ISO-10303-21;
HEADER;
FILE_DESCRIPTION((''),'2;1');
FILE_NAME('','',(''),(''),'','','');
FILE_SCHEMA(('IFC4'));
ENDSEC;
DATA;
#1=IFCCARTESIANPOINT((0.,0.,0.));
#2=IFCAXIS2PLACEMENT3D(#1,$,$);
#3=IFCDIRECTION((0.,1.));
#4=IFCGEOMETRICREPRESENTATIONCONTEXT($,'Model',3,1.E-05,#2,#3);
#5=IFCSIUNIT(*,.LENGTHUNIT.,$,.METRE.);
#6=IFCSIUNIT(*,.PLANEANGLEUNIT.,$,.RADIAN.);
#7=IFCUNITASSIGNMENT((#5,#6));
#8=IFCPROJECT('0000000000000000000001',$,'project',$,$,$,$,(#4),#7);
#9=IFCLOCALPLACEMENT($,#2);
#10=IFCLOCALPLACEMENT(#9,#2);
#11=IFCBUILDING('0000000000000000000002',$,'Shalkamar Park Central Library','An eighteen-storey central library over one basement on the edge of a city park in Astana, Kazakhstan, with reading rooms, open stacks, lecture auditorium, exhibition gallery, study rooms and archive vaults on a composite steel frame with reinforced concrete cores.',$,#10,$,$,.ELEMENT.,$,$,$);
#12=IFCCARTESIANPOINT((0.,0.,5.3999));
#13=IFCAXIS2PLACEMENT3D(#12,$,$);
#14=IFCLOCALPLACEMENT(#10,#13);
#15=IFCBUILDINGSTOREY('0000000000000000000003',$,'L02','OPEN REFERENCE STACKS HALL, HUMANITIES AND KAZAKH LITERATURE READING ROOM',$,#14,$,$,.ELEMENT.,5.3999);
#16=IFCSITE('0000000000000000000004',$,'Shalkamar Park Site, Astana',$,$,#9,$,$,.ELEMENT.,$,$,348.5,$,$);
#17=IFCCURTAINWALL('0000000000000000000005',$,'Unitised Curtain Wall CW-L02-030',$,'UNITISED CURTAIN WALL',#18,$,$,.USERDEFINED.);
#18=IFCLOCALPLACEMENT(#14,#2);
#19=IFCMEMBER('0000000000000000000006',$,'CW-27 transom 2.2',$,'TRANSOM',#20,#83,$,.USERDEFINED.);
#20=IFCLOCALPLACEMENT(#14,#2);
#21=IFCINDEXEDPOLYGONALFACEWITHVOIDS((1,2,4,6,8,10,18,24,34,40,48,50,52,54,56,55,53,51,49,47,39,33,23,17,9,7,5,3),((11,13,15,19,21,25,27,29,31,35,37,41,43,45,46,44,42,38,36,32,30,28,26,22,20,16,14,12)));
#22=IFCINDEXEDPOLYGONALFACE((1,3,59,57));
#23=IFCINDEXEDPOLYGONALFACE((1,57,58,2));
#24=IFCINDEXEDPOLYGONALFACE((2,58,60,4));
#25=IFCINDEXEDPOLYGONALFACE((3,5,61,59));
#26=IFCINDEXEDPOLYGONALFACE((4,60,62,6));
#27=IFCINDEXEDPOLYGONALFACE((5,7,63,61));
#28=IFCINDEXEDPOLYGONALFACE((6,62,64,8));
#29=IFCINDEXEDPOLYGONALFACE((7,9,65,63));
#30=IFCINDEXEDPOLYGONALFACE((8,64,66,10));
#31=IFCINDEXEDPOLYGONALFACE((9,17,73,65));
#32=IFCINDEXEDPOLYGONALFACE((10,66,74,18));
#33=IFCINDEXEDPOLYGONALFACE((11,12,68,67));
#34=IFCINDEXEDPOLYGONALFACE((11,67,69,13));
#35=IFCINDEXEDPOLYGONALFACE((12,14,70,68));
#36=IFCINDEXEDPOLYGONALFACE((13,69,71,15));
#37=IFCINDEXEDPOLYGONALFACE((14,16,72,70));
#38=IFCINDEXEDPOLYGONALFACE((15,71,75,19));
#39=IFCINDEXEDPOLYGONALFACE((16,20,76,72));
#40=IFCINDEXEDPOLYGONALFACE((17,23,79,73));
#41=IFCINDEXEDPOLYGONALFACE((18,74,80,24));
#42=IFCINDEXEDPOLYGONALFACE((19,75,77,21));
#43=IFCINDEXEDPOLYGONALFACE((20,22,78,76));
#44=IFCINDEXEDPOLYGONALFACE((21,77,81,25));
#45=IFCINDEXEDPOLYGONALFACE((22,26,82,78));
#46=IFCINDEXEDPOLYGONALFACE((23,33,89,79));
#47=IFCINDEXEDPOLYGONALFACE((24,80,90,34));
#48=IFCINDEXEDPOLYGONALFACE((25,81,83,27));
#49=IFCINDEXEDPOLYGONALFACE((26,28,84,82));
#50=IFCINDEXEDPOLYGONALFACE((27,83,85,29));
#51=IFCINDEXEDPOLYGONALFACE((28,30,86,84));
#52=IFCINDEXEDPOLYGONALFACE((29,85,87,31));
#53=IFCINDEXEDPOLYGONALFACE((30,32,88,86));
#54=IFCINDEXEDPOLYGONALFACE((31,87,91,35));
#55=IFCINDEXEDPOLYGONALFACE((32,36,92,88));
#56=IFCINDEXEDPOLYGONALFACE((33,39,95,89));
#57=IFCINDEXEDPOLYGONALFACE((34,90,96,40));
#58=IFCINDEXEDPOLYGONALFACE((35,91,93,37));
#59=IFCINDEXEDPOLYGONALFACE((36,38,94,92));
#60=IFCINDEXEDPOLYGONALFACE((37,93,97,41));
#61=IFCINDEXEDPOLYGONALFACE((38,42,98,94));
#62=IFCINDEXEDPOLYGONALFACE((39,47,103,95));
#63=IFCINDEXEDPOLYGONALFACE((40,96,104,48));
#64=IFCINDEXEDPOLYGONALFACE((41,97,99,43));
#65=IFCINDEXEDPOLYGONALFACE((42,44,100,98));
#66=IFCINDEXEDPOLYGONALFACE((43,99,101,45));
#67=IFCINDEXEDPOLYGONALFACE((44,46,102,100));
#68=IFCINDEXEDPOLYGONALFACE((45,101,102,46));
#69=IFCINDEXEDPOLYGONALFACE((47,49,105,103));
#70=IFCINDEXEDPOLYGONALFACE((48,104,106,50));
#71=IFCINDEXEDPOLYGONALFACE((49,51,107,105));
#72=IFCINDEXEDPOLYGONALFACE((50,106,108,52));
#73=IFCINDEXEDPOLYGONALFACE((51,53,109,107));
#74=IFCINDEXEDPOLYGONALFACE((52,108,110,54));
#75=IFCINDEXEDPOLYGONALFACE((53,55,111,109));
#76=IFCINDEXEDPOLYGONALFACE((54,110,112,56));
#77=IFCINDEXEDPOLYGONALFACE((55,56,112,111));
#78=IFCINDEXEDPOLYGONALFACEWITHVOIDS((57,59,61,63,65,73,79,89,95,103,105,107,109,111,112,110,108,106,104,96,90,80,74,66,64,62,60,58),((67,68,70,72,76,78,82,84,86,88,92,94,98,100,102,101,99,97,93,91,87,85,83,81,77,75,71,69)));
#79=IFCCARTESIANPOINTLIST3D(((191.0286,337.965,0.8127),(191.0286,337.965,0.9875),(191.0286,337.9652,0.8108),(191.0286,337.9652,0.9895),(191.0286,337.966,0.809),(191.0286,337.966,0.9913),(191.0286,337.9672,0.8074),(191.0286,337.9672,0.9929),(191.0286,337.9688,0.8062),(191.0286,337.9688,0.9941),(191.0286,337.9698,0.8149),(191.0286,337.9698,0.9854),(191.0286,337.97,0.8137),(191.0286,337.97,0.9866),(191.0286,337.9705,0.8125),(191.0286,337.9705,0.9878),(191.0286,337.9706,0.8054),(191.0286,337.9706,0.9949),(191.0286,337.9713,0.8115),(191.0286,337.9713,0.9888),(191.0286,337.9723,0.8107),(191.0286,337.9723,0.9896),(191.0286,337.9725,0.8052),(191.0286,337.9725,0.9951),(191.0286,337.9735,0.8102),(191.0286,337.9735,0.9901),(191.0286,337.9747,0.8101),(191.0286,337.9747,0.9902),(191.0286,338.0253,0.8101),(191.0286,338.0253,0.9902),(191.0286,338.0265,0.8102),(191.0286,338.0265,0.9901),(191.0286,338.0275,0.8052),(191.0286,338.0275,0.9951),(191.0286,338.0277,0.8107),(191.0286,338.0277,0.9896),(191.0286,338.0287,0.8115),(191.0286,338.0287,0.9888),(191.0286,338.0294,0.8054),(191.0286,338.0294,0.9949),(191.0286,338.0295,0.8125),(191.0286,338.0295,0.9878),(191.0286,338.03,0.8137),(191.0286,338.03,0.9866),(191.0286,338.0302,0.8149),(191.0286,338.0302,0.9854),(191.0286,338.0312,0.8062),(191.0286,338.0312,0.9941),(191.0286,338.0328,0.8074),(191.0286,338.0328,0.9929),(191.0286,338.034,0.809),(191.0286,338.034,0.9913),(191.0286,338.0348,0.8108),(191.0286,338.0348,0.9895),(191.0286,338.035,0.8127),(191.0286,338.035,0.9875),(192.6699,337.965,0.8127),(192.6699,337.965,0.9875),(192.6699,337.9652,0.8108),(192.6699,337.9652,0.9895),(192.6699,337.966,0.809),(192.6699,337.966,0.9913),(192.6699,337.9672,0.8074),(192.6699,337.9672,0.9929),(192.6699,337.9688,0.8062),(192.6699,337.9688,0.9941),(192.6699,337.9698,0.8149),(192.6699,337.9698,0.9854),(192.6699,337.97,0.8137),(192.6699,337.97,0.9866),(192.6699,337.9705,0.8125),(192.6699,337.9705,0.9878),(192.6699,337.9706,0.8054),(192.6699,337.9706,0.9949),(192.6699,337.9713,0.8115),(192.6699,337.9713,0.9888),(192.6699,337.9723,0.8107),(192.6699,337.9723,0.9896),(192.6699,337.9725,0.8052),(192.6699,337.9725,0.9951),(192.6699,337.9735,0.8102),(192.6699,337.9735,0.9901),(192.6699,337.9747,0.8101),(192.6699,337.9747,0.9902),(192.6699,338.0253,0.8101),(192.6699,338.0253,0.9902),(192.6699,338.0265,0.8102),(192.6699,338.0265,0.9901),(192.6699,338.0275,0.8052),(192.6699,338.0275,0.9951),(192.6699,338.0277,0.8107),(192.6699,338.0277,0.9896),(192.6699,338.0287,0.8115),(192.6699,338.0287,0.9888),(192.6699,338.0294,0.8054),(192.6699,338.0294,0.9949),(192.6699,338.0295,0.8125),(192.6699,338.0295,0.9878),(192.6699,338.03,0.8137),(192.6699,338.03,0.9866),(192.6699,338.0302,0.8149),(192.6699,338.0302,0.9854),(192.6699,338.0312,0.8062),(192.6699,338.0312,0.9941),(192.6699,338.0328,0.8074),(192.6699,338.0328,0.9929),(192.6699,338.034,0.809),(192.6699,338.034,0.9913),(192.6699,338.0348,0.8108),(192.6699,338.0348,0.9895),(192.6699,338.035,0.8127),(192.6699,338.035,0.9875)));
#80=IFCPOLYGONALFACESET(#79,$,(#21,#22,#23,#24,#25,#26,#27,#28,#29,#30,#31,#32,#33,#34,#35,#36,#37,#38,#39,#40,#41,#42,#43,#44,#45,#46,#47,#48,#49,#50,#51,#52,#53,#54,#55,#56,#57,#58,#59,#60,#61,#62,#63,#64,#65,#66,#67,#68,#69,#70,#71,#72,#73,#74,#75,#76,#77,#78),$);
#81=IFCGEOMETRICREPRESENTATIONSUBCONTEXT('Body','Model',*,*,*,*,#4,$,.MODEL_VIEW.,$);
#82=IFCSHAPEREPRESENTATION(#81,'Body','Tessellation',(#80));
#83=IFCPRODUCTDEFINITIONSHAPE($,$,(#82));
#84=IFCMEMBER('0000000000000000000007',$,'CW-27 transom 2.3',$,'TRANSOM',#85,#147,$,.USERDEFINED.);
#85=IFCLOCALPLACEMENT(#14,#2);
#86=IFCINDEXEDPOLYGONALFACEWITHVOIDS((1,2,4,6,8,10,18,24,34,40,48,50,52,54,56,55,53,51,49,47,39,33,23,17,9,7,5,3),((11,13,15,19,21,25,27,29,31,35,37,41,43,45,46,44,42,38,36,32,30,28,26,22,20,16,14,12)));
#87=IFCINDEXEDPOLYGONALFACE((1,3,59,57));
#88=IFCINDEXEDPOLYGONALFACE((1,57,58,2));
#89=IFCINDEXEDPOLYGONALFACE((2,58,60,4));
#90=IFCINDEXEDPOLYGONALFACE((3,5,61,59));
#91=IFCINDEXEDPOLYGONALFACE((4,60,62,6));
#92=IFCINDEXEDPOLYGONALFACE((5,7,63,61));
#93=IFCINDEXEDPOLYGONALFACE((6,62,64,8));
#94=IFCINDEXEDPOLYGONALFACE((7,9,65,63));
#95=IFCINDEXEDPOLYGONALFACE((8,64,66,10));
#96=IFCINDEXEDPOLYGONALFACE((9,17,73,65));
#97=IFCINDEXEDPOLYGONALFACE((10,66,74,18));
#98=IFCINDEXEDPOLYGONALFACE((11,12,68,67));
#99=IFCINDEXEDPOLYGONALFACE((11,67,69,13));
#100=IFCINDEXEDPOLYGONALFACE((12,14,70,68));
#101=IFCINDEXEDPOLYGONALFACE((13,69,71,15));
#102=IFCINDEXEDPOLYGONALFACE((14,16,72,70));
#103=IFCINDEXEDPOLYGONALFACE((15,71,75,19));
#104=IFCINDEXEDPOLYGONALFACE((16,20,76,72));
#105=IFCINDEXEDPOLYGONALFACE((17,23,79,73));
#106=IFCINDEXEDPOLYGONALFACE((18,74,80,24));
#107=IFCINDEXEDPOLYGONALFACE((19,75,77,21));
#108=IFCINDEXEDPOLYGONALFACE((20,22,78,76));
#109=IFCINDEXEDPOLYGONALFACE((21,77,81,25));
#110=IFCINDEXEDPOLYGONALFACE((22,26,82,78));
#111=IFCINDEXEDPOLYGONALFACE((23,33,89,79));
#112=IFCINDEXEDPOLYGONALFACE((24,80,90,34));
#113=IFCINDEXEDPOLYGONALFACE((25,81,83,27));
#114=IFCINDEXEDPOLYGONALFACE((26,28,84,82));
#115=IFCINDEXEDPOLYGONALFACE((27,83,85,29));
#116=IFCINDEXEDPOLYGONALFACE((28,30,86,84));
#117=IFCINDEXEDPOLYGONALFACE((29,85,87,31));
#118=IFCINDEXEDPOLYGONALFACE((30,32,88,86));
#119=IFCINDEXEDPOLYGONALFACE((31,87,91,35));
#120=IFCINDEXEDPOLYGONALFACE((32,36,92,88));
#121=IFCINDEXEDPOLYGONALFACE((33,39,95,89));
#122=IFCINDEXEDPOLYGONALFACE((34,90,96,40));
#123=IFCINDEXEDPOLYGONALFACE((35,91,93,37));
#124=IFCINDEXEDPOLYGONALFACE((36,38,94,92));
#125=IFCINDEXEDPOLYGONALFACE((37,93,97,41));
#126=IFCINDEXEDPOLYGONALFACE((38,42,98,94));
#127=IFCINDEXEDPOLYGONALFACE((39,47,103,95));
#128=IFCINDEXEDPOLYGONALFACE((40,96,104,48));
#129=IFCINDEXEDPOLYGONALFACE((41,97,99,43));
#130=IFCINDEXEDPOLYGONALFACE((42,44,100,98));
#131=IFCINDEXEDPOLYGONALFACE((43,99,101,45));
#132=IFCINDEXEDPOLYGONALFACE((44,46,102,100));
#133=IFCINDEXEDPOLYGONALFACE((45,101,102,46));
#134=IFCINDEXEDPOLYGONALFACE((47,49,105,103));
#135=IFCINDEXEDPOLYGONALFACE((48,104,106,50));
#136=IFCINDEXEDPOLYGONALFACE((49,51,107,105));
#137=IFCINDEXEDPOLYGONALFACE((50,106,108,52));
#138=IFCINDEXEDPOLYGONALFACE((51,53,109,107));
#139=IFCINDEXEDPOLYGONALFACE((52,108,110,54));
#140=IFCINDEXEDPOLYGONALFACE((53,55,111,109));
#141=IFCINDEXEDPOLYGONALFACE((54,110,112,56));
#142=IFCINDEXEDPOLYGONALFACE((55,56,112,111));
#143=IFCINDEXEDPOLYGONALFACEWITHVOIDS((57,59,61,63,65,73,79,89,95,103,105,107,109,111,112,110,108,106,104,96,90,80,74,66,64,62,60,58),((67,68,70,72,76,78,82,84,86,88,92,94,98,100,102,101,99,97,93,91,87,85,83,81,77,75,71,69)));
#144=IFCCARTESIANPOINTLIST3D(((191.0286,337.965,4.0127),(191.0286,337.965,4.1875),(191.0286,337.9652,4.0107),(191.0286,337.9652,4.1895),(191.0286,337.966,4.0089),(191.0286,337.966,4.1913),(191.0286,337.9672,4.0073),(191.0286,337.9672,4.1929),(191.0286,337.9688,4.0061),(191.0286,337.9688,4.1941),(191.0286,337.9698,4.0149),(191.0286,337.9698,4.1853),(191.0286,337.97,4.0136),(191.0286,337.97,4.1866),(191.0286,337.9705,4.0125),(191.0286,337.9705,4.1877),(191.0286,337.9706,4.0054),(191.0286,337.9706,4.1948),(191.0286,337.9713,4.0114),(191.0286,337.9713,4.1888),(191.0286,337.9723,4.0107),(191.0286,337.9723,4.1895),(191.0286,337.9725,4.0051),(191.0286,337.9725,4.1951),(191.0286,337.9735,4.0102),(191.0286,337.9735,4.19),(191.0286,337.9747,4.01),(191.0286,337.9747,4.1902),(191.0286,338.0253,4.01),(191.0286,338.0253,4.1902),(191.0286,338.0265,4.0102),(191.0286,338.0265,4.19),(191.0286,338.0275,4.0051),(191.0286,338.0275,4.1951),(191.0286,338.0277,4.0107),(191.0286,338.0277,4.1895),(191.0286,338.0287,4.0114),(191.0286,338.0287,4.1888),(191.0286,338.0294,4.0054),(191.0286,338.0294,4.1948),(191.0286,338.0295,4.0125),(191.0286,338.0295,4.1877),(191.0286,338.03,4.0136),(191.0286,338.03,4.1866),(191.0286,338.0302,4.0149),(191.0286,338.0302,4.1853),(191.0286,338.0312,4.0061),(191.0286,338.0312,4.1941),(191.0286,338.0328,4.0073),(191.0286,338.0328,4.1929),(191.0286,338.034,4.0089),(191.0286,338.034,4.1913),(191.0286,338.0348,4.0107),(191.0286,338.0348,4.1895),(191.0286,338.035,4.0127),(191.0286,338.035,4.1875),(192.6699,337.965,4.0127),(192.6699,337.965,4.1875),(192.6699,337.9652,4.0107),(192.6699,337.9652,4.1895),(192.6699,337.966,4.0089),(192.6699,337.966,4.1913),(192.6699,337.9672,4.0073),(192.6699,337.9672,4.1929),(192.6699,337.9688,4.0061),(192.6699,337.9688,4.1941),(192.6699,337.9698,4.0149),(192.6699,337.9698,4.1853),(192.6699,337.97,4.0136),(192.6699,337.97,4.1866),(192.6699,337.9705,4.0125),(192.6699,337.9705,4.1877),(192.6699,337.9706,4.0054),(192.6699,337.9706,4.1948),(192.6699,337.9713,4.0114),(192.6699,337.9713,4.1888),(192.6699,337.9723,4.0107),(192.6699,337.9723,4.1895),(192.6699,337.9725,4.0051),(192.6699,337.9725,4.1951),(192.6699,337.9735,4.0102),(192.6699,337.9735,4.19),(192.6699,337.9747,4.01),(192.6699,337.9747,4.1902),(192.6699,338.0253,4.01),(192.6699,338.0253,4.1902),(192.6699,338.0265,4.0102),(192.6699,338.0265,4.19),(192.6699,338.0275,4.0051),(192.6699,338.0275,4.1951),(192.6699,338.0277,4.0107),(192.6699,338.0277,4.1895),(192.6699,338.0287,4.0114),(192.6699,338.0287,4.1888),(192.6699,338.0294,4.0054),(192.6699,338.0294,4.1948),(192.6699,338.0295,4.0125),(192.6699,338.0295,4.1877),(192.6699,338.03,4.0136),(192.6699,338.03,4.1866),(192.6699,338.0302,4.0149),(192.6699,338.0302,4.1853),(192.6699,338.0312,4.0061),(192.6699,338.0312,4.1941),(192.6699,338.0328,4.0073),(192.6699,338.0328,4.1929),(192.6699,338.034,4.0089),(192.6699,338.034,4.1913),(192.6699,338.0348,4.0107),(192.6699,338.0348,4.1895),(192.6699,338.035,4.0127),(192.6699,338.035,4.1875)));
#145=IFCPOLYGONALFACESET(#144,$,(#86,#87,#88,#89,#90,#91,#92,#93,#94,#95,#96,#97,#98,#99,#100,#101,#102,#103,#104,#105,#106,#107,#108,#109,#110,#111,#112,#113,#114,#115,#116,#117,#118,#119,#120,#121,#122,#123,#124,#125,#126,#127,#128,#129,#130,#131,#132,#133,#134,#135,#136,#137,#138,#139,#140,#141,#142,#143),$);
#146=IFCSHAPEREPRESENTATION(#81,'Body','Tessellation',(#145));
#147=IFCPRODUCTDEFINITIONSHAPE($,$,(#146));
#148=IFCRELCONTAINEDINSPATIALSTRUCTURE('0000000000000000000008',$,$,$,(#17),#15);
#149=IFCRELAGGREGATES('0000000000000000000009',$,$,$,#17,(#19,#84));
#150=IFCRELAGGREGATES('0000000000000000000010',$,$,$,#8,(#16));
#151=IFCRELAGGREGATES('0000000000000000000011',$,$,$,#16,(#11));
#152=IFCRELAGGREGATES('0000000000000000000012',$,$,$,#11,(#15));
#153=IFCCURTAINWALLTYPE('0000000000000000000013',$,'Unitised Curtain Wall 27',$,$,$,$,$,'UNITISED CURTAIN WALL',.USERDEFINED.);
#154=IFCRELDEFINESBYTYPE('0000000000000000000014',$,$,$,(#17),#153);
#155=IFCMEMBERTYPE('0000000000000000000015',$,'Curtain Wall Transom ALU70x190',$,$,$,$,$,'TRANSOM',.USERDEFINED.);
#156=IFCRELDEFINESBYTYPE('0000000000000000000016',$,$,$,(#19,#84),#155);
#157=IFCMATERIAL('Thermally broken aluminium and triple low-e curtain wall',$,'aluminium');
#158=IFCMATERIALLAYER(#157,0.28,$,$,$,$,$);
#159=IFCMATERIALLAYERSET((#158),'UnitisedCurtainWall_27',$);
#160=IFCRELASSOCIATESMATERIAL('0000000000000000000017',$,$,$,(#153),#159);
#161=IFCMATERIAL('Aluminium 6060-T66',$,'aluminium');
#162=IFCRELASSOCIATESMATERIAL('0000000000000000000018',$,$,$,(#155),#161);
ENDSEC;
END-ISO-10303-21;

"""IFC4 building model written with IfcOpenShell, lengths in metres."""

from ifc_helpers import new_model, si_unit, direction, frame, origin, origin_2d, place, context, subcontext, project, spatial, hollow_rectangle, extrude, material, layer, layer_set, material_profile, profile_set, type_object, element, aggregate, save


model = new_model("IFC4")

# Units and contexts
model_context = context("Model", 3, precision=1e-05, world=origin(), true_north=direction((0.0, 1.0)))
body_context = subcontext(model_context, "Body", "Model", "MODEL_VIEW")
ifc_project = project(units=[si_unit("LENGTHUNIT", "METRE"), si_unit("PLANEANGLEUNIT", "RADIAN")], contexts=[model_context])

# Site, building, storey
site_placement = place(None, origin())
site = spatial("IfcSite", under=ifc_project, at=site_placement, Name="Shalkamar Park Site, Astana", CompositionType="ELEMENT", RefElevation=348.5)
building_placement = place(site_placement, origin())
building = spatial("IfcBuilding", under=site, at=building_placement, Name="Shalkamar Park Central Library", Description="An eighteen-storey central library over one basement on the edge of a city park in Astana, Kazakhstan, with reading rooms, open stacks, lecture auditorium, exhibition gallery, study rooms and archive vaults on a composite steel frame with reinforced concrete cores.", CompositionType="ELEMENT")
storey_placement = place(building_placement, frame((0.0, 0.0, 5.3999)))
storey = spatial("IfcBuildingStorey", under=building, at=storey_placement, Name="L02", Description="OPEN REFERENCE STACKS HALL, HUMANITIES AND KAZAKH LITERATURE READING ROOM", CompositionType="ELEMENT", Elevation=5.3999)

# Curtain wall
ifc_material_1 = material(Name="Thermally broken aluminium and triple low-e curtain wall", Category="aluminium")
ifc_material_2 = material(Name="Aluminium 6060-T66", Category="aluminium")
ifc_layer_1 = layer(ifc_material_1, 0.28)
ifc_layer_set_1 = layer_set([ifc_layer_1], Name="UnitisedCurtainWall_27")
curtain_wall_type_1 = type_object("IfcCurtainWallType", Name="Unitised Curtain Wall 27", ElementType="UNITISED CURTAIN WALL", PredefinedType="USERDEFINED", material=ifc_layer_set_1)
curtain_wall_1_placement = place(storey_placement, origin())
curtain_wall_1 = element("IfcCurtainWall", 1, at=curtain_wall_1_placement, inside=storey, type_object=curtain_wall_type_1, Name="Unitised Curtain Wall CW-L02-030", ObjectType="UNITISED CURTAIN WALL", PredefinedType="USERDEFINED")

# Members
ifc_material_profile_1 = material_profile(ifc_material_2, hollow_rectangle(XDim=0.0701, YDim=0.1899, WallThickness=0.0049, InnerFilletRadius=0.0049, OuterFilletRadius=0.0076, at=origin_2d()), Name="ALU 70x190x5")
ifc_profile_set_1 = profile_set([ifc_material_profile_1], Name="Aluminium 6060-T66")
member_type_1 = type_object("IfcMemberType", Name="Curtain Wall Transom ALU70x190", ElementType="TRANSOM", PredefinedType="USERDEFINED", material=ifc_profile_set_1)
member_1_placement = place(storey_placement, frame((191.0286, 338.0, 0.9001), z_axis=(1.0, 0.0, 0.0), x_axis=(0.0, 1.0, 0.0)))
member_1 = element("IfcMember", 2, at=member_1_placement, type_object=member_type_1, Name="CW-27 transom 2.2", ObjectType="TRANSOM", PredefinedType="USERDEFINED", context=body_context, shape_type="SweptSolid", body=[
    extrude(hollow_rectangle(XDim=0.0701, YDim=0.1899, WallThickness=0.0049, InnerFilletRadius=0.0049, OuterFilletRadius=0.0076, at=origin_2d()), origin(), (0.0, 0.0, 1.0), 1.6414),
])
member_2_placement = place(storey_placement, frame((191.0286, 338.0, 4.1001), z_axis=(1.0, 0.0, 0.0), x_axis=(0.0, 1.0, 0.0)))
member_2 = element("IfcMember", 3, at=member_2_placement, type_object=member_type_1, Name="CW-27 transom 2.3", ObjectType="TRANSOM", PredefinedType="USERDEFINED", context=body_context, shape_type="SweptSolid", body=[
    extrude(hollow_rectangle(XDim=0.0701, YDim=0.1899, WallThickness=0.0049, InnerFilletRadius=0.0049, OuterFilletRadius=0.0076, at=origin_2d()), origin(), (0.0, 0.0, 1.0), 1.6414),
])

aggregate(curtain_wall_1, [member_1, member_2])

save(model, "model.ifc")
